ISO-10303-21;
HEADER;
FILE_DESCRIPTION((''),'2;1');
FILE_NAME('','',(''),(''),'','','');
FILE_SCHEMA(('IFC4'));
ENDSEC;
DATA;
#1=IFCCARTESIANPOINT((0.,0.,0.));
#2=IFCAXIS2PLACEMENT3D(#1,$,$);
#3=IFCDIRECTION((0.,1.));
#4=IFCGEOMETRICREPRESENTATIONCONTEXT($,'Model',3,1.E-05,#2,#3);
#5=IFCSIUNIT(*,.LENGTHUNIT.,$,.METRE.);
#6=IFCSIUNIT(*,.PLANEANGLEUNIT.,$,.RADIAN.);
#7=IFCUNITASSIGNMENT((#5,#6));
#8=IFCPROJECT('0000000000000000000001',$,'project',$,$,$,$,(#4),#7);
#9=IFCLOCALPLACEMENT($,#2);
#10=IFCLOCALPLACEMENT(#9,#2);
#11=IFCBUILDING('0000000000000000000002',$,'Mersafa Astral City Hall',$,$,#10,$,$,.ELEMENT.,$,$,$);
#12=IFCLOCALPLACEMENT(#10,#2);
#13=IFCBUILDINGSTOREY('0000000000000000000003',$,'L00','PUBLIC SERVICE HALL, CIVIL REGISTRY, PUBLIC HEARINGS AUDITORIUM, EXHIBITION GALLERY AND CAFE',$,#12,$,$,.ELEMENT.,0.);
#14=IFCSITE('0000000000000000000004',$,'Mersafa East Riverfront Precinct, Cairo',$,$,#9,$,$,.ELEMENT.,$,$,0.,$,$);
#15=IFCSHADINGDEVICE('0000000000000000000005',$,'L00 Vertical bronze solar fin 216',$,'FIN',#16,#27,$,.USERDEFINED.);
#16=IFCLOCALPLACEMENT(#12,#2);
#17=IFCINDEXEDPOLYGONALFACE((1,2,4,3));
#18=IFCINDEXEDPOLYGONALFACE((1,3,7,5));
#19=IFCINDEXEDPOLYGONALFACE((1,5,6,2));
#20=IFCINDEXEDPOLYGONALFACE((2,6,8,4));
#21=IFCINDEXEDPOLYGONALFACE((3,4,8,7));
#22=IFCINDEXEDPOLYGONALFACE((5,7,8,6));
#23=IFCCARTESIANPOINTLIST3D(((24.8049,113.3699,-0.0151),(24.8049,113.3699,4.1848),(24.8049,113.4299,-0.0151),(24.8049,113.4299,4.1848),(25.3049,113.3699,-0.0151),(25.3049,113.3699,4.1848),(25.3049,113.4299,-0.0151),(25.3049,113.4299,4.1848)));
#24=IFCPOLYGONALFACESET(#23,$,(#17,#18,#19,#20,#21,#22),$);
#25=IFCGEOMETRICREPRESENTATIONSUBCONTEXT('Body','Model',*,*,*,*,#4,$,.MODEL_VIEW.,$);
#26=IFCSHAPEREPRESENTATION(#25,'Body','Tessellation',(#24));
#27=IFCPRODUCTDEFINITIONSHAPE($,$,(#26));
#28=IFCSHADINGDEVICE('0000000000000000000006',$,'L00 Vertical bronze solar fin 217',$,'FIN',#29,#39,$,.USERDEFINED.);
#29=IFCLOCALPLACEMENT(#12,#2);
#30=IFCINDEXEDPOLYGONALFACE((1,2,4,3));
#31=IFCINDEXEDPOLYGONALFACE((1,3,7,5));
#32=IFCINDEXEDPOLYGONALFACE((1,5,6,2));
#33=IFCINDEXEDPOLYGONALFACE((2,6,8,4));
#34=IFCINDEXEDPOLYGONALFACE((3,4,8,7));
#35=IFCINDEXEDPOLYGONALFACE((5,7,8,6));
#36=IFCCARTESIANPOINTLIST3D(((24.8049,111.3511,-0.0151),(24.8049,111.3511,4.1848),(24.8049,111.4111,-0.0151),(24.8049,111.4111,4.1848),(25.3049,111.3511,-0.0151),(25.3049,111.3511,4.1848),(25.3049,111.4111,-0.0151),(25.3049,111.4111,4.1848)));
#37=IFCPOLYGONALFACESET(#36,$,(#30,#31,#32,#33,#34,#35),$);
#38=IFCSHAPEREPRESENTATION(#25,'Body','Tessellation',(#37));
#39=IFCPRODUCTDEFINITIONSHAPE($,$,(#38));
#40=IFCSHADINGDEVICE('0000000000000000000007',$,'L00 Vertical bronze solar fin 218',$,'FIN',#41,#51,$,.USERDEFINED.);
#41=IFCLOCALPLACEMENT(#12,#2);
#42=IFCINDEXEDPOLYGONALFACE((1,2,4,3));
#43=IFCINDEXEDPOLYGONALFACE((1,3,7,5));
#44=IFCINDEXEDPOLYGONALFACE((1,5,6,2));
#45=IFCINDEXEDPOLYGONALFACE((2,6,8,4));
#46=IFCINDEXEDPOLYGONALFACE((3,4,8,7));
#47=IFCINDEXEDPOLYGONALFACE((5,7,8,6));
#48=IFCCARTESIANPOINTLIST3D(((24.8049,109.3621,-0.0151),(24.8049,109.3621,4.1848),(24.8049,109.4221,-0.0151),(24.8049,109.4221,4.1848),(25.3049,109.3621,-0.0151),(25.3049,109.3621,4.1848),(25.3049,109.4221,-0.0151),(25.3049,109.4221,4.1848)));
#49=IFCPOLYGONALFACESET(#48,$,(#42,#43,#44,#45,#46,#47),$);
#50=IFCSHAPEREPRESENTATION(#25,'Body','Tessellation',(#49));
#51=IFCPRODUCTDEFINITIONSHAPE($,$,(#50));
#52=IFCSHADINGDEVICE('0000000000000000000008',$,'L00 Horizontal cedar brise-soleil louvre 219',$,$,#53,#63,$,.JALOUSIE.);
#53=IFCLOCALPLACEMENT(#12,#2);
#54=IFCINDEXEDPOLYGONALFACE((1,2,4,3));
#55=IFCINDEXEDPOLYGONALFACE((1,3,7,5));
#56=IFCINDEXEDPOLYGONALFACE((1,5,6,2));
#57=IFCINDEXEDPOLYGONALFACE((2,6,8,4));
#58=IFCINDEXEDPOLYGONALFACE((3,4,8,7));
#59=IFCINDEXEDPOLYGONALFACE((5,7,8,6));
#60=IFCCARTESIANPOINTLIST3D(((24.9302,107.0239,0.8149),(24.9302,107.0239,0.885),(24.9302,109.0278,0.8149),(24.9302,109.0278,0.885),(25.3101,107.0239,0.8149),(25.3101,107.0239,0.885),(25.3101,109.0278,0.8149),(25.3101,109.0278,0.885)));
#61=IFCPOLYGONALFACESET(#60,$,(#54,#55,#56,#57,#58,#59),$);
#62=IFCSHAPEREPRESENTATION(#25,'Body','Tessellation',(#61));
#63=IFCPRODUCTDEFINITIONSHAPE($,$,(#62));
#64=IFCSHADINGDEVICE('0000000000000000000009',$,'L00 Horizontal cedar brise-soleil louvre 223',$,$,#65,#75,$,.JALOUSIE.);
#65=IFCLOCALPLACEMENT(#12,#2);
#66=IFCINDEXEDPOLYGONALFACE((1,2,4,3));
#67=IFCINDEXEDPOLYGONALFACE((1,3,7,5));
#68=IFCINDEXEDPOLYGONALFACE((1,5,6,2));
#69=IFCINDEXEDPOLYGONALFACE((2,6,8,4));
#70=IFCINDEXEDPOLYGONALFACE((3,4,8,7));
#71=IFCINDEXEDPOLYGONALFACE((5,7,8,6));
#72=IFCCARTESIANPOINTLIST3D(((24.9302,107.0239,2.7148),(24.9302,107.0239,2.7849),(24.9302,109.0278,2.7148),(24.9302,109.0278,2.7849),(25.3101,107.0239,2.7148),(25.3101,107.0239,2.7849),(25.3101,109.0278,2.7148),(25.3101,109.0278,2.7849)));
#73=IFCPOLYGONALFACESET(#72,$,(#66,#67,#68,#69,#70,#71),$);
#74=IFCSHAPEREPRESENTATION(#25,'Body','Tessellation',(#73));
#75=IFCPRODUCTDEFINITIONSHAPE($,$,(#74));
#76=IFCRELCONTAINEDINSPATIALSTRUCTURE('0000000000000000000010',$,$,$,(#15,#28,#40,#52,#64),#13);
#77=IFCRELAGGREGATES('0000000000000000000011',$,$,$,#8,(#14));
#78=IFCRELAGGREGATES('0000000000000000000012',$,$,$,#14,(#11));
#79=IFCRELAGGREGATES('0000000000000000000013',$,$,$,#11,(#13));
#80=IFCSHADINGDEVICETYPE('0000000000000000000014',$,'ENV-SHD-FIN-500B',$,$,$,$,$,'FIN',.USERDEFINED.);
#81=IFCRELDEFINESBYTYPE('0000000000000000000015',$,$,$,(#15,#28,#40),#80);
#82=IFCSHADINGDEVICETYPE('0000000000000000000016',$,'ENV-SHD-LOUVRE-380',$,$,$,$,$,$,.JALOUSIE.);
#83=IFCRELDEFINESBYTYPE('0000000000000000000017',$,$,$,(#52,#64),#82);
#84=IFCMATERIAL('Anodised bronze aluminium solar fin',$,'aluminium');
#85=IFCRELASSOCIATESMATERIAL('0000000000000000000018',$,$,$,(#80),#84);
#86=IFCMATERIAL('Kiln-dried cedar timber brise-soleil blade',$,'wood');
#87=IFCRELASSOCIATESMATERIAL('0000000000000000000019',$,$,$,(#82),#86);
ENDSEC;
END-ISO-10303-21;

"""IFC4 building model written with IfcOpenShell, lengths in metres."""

from ifc_helpers import new_model, si_unit, direction, frame, origin, origin_2d, place, context, subcontext, project, spatial, rectangle, extrude, material, type_object, element, save


model = new_model("IFC4")

# Units and contexts
model_context = context("Model", 3, precision=1e-05, world=origin(), true_north=direction((0.0, 1.0)))
body_context = subcontext(model_context, "Body", "Model", "MODEL_VIEW")
ifc_project = project(units=[si_unit("LENGTHUNIT", "METRE"), si_unit("PLANEANGLEUNIT", "RADIAN")], contexts=[model_context])

# Site, building, storey
site_placement = place(None, origin())
site = spatial("IfcSite", under=ifc_project, at=site_placement, Name="Mersafa East Riverfront Precinct, Cairo", CompositionType="ELEMENT", RefElevation=0.0)
building_placement = place(site_placement, origin())
building = spatial("IfcBuilding", under=site, at=building_placement, Name="Mersafa Astral City Hall", CompositionType="ELEMENT")
storey_placement = place(building_placement, origin())
storey = spatial("IfcBuildingStorey", under=building, at=storey_placement, Name="L00", Description="PUBLIC SERVICE HALL, CIVIL REGISTRY, PUBLIC HEARINGS AUDITORIUM, EXHIBITION GALLERY AND CAFE", CompositionType="ELEMENT", Elevation=0.0)

# Shading devices
ifc_material_1 = material(Name="Anodised bronze aluminium solar fin", Category="aluminium")
shading_device_type_1 = type_object("IfcShadingDeviceType", Name="ENV-SHD-FIN-500B", ElementType="FIN", PredefinedType="USERDEFINED", material=ifc_material_1)
for number, where, z_axis, x_axis, name in (
    (1, (25.0549, 113.3999, -0.0151), (0.0, 0.0, 1.0), (0.0, -1.0, 0.0), "L00 Vertical bronze solar fin 216"),
    (2, (25.0549, 111.3811, -0.0151), (0.0, 0.0, 1.0), (0.0, -1.0, 0.0), "L00 Vertical bronze solar fin 217"),
    (3, (25.0549, 109.3921, -0.0151), (0.0, 0.0, 1.0), (0.0, -1.0, 0.0), "L00 Vertical bronze solar fin 218"),
):
    element("IfcShadingDevice", number, at=place(storey_placement, frame(where, z_axis=z_axis, x_axis=x_axis)), inside=storey, type_object=shading_device_type_1, Name=name, ObjectType="FIN", PredefinedType="USERDEFINED", context=body_context, shape_type="SweptSolid", body=[
        extrude(rectangle(XDim=0.0601, YDim=0.5, at=origin_2d()), origin(), (0.0, 0.0, 1.0), 4.2),
    ])
ifc_material_2 = material(Name="Kiln-dried cedar timber brise-soleil blade", Category="wood")
shading_device_type_2 = type_object("IfcShadingDeviceType", Name="ENV-SHD-LOUVRE-380", PredefinedType="JALOUSIE", material=ifc_material_2)
for number, where, z_axis, x_axis, name in (
    (4, (25.1201, 108.0259, 0.8149), (0.0, 0.0, 1.0), (0.0, -1.0, 0.0), "L00 Horizontal cedar brise-soleil louvre 219"),
    (5, (25.1201, 108.0259, 2.7148), (0.0, 0.0, 1.0), (0.0, -1.0, 0.0), "L00 Horizontal cedar brise-soleil louvre 223"),
):
    element("IfcShadingDevice", number, at=place(storey_placement, frame(where, z_axis=z_axis, x_axis=x_axis)), inside=storey, type_object=shading_device_type_2, Name=name, PredefinedType="JALOUSIE", context=body_context, shape_type="SweptSolid", body=[
        extrude(rectangle(XDim=2.0039, YDim=0.3799, at=origin_2d()), origin(), (0.0, 0.0, 1.0), 0.0701),
    ])

save(model, "model.ifc")
